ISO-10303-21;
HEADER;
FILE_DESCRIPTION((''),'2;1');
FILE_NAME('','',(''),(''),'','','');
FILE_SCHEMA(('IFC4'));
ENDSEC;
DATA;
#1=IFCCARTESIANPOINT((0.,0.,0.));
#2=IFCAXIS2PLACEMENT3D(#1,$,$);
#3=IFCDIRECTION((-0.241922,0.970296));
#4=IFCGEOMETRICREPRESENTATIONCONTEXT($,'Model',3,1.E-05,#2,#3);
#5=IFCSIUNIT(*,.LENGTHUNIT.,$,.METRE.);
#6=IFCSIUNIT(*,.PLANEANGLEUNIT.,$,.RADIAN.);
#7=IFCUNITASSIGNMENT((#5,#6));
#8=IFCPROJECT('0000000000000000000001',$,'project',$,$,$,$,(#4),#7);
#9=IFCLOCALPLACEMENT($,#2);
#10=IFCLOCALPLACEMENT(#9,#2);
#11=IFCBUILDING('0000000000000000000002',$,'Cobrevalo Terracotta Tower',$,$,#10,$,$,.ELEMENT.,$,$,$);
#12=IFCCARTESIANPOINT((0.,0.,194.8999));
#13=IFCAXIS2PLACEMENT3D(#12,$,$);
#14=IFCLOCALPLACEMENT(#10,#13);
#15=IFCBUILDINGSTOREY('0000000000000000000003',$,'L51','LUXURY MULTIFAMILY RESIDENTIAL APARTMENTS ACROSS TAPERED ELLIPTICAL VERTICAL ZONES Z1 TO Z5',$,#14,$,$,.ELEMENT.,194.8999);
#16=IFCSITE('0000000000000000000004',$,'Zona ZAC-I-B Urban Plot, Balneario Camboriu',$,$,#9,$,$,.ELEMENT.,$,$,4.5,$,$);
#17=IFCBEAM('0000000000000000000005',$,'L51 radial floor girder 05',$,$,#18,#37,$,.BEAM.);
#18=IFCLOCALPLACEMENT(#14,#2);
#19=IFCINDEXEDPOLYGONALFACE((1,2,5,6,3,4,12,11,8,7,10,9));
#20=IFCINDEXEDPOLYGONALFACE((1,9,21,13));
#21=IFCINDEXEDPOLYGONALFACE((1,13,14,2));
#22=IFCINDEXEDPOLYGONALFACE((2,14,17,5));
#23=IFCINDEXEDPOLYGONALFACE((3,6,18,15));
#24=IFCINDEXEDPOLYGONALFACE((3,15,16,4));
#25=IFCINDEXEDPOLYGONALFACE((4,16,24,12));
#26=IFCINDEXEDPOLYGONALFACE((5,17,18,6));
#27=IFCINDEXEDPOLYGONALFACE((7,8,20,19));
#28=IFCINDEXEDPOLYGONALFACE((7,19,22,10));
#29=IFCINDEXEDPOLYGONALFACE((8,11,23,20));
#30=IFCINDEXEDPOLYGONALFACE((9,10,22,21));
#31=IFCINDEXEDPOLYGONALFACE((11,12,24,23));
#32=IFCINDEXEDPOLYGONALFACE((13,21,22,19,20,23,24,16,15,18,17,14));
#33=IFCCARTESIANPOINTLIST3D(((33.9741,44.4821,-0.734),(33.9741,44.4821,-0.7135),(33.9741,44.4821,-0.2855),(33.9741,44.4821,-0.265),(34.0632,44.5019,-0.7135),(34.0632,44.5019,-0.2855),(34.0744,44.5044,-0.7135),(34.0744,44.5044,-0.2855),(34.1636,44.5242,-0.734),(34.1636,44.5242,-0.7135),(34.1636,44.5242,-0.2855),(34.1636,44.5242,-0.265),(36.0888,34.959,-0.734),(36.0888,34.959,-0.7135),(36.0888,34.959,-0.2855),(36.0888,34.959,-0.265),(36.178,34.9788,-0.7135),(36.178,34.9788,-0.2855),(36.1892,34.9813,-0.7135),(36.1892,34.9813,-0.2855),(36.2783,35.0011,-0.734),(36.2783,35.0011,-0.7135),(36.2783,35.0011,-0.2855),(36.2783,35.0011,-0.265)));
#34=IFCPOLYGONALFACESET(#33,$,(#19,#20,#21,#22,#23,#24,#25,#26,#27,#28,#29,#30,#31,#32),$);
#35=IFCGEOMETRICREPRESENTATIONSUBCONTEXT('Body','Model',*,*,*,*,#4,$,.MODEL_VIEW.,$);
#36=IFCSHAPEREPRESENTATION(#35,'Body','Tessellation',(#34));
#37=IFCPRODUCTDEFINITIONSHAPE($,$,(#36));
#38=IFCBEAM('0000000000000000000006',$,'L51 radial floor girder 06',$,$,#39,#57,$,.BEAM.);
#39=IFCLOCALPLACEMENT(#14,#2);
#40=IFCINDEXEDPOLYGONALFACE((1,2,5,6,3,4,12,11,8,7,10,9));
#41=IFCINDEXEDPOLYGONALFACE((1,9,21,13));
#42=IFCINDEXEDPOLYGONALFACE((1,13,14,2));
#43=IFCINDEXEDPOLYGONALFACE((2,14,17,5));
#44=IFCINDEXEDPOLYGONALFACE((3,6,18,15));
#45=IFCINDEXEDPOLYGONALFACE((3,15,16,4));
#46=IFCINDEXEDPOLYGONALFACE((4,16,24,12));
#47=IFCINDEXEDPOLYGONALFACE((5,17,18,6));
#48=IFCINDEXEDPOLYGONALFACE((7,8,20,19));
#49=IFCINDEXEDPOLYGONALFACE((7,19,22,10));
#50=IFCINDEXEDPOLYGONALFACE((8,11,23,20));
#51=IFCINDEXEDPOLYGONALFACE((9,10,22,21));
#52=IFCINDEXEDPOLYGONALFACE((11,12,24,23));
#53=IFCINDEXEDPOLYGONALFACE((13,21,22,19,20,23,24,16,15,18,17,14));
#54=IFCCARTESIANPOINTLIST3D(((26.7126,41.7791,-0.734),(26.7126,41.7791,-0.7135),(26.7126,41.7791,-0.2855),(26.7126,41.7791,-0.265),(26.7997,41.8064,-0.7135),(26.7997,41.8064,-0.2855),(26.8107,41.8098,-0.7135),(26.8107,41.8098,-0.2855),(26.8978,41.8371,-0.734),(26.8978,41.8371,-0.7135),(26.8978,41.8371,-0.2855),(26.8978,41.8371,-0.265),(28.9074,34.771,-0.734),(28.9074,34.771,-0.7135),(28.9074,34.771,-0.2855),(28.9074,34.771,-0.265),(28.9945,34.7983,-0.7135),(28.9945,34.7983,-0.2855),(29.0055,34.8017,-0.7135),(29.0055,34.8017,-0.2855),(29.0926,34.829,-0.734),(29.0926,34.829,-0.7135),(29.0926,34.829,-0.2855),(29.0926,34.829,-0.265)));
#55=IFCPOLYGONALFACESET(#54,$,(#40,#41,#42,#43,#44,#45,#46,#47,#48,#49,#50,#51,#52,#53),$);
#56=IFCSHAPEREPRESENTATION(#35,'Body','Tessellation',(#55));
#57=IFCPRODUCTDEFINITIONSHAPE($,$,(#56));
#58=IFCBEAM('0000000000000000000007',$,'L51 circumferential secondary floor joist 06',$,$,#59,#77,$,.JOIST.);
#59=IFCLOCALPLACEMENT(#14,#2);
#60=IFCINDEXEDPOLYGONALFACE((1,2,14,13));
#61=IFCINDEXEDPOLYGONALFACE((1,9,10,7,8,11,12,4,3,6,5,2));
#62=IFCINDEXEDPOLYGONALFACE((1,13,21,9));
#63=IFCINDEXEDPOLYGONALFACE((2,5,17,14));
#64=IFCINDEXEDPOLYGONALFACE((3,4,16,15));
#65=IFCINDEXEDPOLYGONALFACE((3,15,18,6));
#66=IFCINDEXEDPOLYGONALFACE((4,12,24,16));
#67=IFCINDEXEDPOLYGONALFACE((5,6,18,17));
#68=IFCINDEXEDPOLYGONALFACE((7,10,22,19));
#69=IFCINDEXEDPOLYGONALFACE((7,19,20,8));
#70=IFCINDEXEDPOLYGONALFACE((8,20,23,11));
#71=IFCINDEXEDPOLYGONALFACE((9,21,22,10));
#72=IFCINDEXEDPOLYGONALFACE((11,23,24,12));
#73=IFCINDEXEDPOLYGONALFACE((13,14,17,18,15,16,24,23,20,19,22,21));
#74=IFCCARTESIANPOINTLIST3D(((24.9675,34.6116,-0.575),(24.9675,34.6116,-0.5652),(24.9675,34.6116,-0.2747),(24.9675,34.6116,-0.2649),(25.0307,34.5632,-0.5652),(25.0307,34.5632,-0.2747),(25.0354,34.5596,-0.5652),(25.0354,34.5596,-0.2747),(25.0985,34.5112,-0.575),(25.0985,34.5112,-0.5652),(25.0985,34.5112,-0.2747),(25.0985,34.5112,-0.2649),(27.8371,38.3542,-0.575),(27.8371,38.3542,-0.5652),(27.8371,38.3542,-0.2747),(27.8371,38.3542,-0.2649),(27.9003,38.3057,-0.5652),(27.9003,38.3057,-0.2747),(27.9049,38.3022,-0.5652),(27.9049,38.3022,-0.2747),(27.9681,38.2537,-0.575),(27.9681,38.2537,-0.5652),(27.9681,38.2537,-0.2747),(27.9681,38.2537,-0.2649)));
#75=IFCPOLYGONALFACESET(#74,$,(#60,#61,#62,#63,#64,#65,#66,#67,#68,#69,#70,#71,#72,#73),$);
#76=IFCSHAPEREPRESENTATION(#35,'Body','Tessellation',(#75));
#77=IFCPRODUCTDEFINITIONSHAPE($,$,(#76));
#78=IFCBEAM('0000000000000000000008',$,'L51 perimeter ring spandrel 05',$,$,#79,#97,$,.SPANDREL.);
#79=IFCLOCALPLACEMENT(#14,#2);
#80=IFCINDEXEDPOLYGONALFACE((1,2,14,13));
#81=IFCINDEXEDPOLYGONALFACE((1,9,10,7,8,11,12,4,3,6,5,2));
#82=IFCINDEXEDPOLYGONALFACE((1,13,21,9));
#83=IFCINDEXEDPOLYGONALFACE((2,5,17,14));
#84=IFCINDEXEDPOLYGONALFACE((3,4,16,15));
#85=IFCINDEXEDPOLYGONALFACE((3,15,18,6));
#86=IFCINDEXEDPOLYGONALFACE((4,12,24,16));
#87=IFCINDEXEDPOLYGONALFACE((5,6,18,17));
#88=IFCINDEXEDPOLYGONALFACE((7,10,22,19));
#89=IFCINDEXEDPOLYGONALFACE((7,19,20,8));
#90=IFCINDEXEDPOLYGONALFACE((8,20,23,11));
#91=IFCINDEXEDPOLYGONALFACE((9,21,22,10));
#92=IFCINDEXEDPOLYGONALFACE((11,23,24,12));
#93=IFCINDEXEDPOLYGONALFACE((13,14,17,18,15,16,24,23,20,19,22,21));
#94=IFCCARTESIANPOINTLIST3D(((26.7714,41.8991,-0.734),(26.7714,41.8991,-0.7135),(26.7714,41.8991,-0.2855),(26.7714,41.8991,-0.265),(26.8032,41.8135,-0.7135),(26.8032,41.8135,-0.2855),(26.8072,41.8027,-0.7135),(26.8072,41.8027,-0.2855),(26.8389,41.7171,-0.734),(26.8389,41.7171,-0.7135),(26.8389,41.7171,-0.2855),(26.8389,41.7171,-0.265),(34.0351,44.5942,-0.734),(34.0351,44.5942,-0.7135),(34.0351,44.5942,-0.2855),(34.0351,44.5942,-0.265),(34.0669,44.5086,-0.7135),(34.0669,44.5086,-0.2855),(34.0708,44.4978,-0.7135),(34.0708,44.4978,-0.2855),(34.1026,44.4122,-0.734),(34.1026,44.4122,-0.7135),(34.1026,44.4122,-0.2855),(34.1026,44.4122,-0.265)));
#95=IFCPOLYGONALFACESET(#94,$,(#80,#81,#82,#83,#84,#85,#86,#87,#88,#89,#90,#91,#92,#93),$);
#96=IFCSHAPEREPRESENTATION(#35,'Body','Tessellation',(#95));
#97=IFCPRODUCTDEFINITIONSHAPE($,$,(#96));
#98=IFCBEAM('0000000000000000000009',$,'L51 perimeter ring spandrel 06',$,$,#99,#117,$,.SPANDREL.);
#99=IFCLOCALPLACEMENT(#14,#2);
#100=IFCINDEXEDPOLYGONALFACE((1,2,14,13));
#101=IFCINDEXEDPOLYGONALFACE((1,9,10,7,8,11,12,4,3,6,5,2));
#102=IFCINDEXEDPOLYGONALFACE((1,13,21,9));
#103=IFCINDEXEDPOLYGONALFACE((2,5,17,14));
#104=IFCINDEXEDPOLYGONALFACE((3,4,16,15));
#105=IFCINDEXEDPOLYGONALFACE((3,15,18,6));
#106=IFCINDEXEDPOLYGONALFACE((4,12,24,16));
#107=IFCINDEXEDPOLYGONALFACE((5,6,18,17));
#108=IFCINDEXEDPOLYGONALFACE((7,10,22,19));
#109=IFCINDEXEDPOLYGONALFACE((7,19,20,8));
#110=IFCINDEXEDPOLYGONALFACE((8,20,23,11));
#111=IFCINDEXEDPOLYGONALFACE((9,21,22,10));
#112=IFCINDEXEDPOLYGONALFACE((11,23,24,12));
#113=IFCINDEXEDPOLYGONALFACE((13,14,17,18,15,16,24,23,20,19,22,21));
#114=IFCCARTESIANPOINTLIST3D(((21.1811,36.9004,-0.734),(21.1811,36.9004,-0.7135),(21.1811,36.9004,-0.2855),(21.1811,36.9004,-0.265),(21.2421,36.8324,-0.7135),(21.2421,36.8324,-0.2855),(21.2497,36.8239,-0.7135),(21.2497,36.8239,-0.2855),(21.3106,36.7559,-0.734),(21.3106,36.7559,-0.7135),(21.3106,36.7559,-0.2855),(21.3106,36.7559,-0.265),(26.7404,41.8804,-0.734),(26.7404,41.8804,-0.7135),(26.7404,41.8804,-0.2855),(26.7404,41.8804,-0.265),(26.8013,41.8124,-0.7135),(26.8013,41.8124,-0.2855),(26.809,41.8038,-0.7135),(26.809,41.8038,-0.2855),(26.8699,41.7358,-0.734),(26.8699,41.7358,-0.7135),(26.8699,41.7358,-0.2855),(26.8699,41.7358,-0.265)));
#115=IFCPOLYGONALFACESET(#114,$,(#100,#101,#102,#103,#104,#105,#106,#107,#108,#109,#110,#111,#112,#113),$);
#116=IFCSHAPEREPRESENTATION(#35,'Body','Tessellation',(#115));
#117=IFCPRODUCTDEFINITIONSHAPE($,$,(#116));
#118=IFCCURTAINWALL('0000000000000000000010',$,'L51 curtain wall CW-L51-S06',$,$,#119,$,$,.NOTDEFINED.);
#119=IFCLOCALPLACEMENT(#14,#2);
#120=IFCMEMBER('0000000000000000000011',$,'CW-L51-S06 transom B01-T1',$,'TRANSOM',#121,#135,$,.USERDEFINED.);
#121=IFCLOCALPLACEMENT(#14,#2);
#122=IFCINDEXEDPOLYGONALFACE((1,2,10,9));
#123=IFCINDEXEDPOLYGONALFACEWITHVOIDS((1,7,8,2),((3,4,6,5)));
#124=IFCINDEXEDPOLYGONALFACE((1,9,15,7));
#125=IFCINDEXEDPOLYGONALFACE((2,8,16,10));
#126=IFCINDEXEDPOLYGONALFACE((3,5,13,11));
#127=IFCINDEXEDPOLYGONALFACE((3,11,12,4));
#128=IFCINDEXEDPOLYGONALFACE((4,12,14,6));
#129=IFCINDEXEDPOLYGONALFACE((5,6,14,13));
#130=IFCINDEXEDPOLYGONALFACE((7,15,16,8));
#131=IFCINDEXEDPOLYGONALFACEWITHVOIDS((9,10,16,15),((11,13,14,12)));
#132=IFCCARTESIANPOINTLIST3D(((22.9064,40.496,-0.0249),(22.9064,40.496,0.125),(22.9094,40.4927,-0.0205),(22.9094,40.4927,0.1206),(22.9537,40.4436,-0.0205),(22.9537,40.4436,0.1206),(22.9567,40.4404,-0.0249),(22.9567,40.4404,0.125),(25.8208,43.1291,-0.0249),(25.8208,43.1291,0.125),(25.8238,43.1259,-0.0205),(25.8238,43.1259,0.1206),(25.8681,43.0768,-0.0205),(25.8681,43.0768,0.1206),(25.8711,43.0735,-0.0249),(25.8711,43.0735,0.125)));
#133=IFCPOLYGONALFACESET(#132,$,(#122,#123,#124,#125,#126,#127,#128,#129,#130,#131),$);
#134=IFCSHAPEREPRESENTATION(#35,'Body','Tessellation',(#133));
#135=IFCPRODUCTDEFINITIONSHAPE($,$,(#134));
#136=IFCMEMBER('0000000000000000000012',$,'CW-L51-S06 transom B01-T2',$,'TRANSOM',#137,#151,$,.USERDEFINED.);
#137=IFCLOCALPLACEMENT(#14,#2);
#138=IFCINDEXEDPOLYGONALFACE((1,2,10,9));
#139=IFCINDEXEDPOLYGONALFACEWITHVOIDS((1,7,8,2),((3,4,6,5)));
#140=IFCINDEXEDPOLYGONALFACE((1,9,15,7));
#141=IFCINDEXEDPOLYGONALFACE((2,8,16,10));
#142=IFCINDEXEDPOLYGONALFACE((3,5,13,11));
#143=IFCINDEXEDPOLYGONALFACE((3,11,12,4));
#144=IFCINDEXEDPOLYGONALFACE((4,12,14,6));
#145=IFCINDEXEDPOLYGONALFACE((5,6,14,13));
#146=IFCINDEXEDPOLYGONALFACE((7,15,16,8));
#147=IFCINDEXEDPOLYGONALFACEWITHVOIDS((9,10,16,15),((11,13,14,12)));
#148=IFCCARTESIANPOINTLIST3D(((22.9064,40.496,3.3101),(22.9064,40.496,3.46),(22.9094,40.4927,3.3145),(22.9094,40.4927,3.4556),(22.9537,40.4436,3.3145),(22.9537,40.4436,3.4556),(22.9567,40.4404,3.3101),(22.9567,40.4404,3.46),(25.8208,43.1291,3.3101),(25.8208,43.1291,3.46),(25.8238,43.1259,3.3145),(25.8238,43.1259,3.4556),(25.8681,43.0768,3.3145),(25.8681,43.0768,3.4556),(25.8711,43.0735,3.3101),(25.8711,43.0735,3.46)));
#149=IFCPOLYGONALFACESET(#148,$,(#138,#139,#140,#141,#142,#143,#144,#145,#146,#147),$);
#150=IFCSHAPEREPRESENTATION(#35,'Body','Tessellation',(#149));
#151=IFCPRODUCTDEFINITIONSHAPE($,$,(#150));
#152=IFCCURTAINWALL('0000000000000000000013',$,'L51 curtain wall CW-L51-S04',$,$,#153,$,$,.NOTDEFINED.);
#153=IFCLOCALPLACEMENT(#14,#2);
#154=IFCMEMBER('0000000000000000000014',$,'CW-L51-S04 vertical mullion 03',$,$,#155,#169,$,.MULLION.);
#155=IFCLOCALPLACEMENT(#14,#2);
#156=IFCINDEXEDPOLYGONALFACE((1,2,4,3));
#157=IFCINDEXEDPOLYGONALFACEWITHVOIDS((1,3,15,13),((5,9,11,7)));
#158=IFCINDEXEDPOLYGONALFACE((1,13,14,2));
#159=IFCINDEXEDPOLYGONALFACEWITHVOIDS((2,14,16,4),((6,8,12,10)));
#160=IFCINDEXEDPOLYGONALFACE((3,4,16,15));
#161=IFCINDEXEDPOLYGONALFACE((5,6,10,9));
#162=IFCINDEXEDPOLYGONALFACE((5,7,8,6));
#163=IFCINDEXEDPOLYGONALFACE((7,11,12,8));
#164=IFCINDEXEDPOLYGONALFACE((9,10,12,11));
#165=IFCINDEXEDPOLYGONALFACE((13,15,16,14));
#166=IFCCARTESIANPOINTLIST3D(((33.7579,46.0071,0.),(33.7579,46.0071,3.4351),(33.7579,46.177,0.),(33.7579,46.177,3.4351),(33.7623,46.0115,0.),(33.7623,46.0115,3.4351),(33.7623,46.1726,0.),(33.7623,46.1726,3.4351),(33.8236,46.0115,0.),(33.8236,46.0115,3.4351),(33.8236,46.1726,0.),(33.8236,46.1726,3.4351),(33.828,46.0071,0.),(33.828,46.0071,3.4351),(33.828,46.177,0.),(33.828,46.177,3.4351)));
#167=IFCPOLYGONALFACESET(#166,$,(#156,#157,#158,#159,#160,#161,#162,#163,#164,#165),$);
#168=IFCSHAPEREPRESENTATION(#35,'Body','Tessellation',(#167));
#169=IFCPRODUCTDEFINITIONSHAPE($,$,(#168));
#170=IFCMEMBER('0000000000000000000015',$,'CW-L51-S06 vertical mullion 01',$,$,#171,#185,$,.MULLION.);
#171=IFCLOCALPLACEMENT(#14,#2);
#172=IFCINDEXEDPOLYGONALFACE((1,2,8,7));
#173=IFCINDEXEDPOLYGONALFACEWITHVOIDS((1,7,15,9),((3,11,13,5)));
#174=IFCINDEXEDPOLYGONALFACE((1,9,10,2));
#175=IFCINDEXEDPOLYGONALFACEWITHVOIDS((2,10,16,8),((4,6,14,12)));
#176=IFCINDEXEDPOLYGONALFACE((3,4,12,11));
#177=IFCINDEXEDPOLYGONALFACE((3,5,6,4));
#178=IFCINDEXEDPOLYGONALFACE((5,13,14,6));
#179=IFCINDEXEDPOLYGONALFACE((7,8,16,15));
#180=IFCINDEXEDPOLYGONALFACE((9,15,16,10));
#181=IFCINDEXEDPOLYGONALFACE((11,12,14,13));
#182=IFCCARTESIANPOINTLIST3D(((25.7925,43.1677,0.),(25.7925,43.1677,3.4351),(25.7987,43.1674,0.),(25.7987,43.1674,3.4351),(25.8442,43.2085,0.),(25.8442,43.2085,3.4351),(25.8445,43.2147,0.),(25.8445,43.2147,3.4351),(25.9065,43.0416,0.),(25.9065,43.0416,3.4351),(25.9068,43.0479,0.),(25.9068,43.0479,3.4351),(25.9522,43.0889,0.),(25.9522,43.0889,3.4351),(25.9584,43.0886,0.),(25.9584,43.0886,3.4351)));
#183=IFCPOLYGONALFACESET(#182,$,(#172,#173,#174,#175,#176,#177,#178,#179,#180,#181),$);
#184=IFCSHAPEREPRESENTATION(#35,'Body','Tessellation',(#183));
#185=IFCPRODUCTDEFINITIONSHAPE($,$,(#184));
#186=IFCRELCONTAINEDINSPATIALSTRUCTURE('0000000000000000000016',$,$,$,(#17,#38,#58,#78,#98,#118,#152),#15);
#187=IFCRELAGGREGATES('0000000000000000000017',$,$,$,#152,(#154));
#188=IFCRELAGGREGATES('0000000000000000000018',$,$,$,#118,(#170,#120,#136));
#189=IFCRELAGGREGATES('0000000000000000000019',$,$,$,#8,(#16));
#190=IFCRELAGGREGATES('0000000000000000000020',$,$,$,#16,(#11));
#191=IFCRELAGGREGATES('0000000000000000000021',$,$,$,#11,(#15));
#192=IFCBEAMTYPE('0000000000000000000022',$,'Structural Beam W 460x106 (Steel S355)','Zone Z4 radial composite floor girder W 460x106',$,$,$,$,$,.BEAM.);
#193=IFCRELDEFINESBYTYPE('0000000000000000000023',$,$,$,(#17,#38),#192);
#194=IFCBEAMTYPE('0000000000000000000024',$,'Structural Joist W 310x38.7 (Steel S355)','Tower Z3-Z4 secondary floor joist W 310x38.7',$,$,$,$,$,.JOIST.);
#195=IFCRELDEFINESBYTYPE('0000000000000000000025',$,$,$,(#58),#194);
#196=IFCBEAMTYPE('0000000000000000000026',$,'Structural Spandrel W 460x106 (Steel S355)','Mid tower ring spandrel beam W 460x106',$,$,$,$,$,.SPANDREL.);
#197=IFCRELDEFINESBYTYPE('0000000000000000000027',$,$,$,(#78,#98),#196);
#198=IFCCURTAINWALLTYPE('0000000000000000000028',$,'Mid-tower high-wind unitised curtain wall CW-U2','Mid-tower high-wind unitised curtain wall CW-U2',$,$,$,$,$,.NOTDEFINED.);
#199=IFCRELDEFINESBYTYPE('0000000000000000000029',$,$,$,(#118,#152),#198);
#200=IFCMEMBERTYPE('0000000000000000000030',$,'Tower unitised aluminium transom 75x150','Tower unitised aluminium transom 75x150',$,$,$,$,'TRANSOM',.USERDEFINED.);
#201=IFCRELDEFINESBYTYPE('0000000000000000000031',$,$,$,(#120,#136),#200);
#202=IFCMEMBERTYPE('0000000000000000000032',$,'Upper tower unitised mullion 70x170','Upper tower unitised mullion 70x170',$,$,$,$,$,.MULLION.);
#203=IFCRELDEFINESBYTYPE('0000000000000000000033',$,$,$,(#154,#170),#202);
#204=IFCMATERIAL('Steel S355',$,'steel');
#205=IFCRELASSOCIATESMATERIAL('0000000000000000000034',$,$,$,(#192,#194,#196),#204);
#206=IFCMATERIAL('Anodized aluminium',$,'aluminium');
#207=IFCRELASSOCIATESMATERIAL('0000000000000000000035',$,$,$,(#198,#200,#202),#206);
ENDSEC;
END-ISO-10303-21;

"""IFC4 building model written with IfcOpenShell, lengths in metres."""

from ifc_helpers import new_model, si_unit, direction, frame, origin, origin_2d, place, context, subcontext, project, spatial, hollow_rectangle, i_section, extrude, source, transform, mapped, material, material_profile, profile_set, type_object, element, aggregate, save


model = new_model("IFC4")

# Units and contexts
model_context = context("Model", 3, precision=1e-05, world=origin(), true_north=direction((-0.241922, 0.970296)))
body_context = subcontext(model_context, "Body", "Model", "MODEL_VIEW")
ifc_project = project(units=[si_unit("LENGTHUNIT", "METRE"), si_unit("PLANEANGLEUNIT", "RADIAN")], contexts=[model_context])

# Site, building, storey
site_placement = place(None, origin())
site = spatial("IfcSite", under=ifc_project, at=site_placement, Name="Zona ZAC-I-B Urban Plot, Balneario Camboriu", CompositionType="ELEMENT", RefElevation=4.5)
building_placement = place(site_placement, origin())
building = spatial("IfcBuilding", under=site, at=building_placement, Name="Cobrevalo Terracotta Tower", CompositionType="ELEMENT")
storey_placement = place(building_placement, frame((0.0, 0.0, 194.8999)))
storey = spatial("IfcBuildingStorey", under=building, at=storey_placement, Name="L51", Description="LUXURY MULTIFAMILY RESIDENTIAL APARTMENTS ACROSS TAPERED ELLIPTICAL VERTICAL ZONES Z1 TO Z5", CompositionType="ELEMENT", Elevation=194.8999)

# Shared definitions
ifc_material_1 = material(Name="Steel S355", Category="steel")

# Beams
ifc_material_profile_1 = material_profile(ifc_material_1, i_section(OverallWidth=0.1941, OverallDepth=0.469, WebThickness=0.0115, FlangeThickness=0.0205, at=origin_2d()), Name="W 460x106")
ifc_profile_set_1 = profile_set([ifc_material_profile_1], Name="Steel S355")
beam_type_1 = type_object("IfcBeamType", Name="Structural Beam W 460x106 (Steel S355)", Description="Zone Z4 radial composite floor girder W 460x106", PredefinedType="BEAM", material=ifc_profile_set_1)
beam_1_placement = place(storey_placement, frame((34.0688, 44.5032, -0.4995), z_axis=(0.216782, -0.97622, 0.0), x_axis=(0.97622, 0.216782, 0.0)))
element("IfcBeam", 1, at=beam_1_placement, inside=storey, type_object=beam_type_1, Name="L51 radial floor girder 05", PredefinedType="BEAM", context=body_context, shape_type="SweptSolid", body=[
    extrude(i_section(OverallWidth=0.1941, OverallDepth=0.469, WebThickness=0.0115, FlangeThickness=0.0205, at=origin_2d()), origin(), (0.0, 0.0, 1.0), 9.7551),
])
beam_2_placement = place(storey_placement, frame((26.8052, 41.8081, -0.4995), z_axis=(0.298871, -0.954293, 0.0), x_axis=(0.954293, 0.298871, 0.0)))
element("IfcBeam", 2, at=beam_2_placement, inside=storey, type_object=beam_type_1, Name="L51 radial floor girder 06", PredefinedType="BEAM", context=body_context, shape_type="SweptSolid", body=[
    extrude(i_section(OverallWidth=0.1941, OverallDepth=0.469, WebThickness=0.0115, FlangeThickness=0.0205, at=origin_2d()), origin(), (0.0, 0.0, 1.0), 7.3438),
])
ifc_material_profile_2 = material_profile(ifc_material_1, i_section(OverallWidth=0.165, OverallDepth=0.3101, WebThickness=0.0059, FlangeThickness=0.0098, at=origin_2d()), Name="W 310x38.7")
ifc_profile_set_2 = profile_set([ifc_material_profile_2], Name="Steel S355")
beam_type_2 = type_object("IfcBeamType", Name="Structural Joist W 310x38.7 (Steel S355)", Description="Tower Z3-Z4 secondary floor joist W 310x38.7", PredefinedType="JOIST", material=ifc_profile_set_2)
beam_3_placement = place(storey_placement, frame((27.9026, 38.304, -0.4199), z_axis=(-0.608464, -0.793581, 0.0), x_axis=(0.793581, -0.608464, 0.0)))
element("IfcBeam", 3, at=beam_3_placement, inside=storey, type_object=beam_type_2, Name="L51 circumferential secondary floor joist 06", PredefinedType="JOIST", context=body_context, shape_type="SweptSolid", body=[
    extrude(i_section(OverallWidth=0.165, OverallDepth=0.3101, WebThickness=0.0059, FlangeThickness=0.0098, at=origin_2d()), origin(), (0.0, 0.0, 1.0), 4.7161),
])
ifc_material_profile_3 = material_profile(ifc_material_1, i_section(OverallWidth=0.1941, OverallDepth=0.469, WebThickness=0.0115, FlangeThickness=0.0205, at=origin_2d()), Name="W 460x106")
ifc_profile_set_3 = profile_set([ifc_material_profile_3], Name="Steel S355")
beam_type_3 = type_object("IfcBeamType", Name="Structural Spandrel W 460x106 (Steel S355)", Description="Mid tower ring spandrel beam W 460x106", PredefinedType="SPANDREL", material=ifc_profile_set_3)
beam_4_placement = place(storey_placement, frame((34.0688, 44.5032, -0.4995), z_axis=(-0.937546, -0.347861, 0.0), x_axis=(0.347861, -0.937546, 0.0)))
element("IfcBeam", 4, at=beam_4_placement, inside=storey, type_object=beam_type_3, Name="L51 perimeter ring spandrel 05", PredefinedType="SPANDREL", context=body_context, shape_type="SweptSolid", body=[
    extrude(i_section(OverallWidth=0.1941, OverallDepth=0.469, WebThickness=0.0115, FlangeThickness=0.0205, at=origin_2d()), origin(), (0.0, 0.0, 1.0), 7.7476),
])
beam_5_placement = place(storey_placement, frame((26.8052, 41.8081, -0.4995), z_axis=(-0.744852, -0.66723, 0.0), x_axis=(0.66723, -0.744852, 0.0)))
element("IfcBeam", 5, at=beam_5_placement, inside=storey, type_object=beam_type_3, Name="L51 perimeter ring spandrel 06", PredefinedType="SPANDREL", context=body_context, shape_type="SweptSolid", body=[
    extrude(i_section(OverallWidth=0.1941, OverallDepth=0.469, WebThickness=0.0115, FlangeThickness=0.0205, at=origin_2d()), origin(), (0.0, 0.0, 1.0), 7.4636),
])

# Curtain wall, members
ifc_material_2 = material(Name="Anodized aluminium", Category="aluminium")
curtain_wall_type = type_object("IfcCurtainWallType", Name="Mid-tower high-wind unitised curtain wall CW-U2", Description="Mid-tower high-wind unitised curtain wall CW-U2", PredefinedType="NOTDEFINED", material=ifc_material_2)
curtain_wall_1_placement = place(storey_placement, origin())
curtain_wall_1 = element("IfcCurtainWall", 6, at=curtain_wall_1_placement, inside=storey, type_object=curtain_wall_type, Name="L51 curtain wall CW-L51-S06", PredefinedType="NOTDEFINED")
ifc_material_profile_4 = material_profile(ifc_material_2, hollow_rectangle(XDim=0.075, YDim=0.1499, WallThickness=0.0044, at=origin_2d()), Name="CWT 75x150")
ifc_profile_set_4 = profile_set([ifc_material_profile_4], Name="Anodized aluminium")
member_type_1 = type_object("IfcMemberType", Name="Tower unitised aluminium transom 75x150", Description="Tower unitised aluminium transom 75x150", ElementType="TRANSOM", PredefinedType="USERDEFINED", material=ifc_profile_set_4)
shared_shape_1 = source(origin(), body_context, "Body", "SweptSolid", [
    extrude(hollow_rectangle(XDim=0.075, YDim=0.1499, WallThickness=0.0044, at=origin_2d()), origin(), (0.0, 0.0, 1.0), 3.9277),
])
member_1_placement = place(storey_placement, frame((25.8459, 43.1013, 0.05), z_axis=(-0.742004, -0.670396, 0.0), x_axis=(0.670396, -0.742004, 0.0)))
member_1 = element("IfcMember", 7, at=member_1_placement, type_object=member_type_1, Name="CW-L51-S06 transom B01-T1", ObjectType="TRANSOM", PredefinedType="USERDEFINED", context=body_context, shape_type="MappedRepresentation", body=[
    mapped(shared_shape_1, transform((0.0, 0.0, 0.0), scale=1.0)),
])
member_2_placement = place(storey_placement, frame((25.8459, 43.1013, 3.385), z_axis=(-0.742004, -0.670396, 0.0), x_axis=(0.670396, -0.742004, 0.0)))
member_2 = element("IfcMember", 8, at=member_2_placement, type_object=member_type_1, Name="CW-L51-S06 transom B01-T2", ObjectType="TRANSOM", PredefinedType="USERDEFINED", context=body_context, shape_type="MappedRepresentation", body=[
    mapped(shared_shape_1, transform((0.0, 0.0, 0.0), scale=1.0)),
])

# Curtain wall, member
curtain_wall_2_placement = place(storey_placement, origin())
curtain_wall_2 = element("IfcCurtainWall", 9, at=curtain_wall_2_placement, inside=storey, type_object=curtain_wall_type, Name="L51 curtain wall CW-L51-S04", PredefinedType="NOTDEFINED")
ifc_material_profile_5 = material_profile(ifc_material_2, hollow_rectangle(XDim=0.0701, YDim=0.1699, WallThickness=0.0044, at=origin_2d()), Name="CWM 70x170")
ifc_profile_set_5 = profile_set([ifc_material_profile_5], Name="Anodized aluminium")
member_type_2 = type_object("IfcMemberType", Name="Upper tower unitised mullion 70x170", Description="Upper tower unitised mullion 70x170", PredefinedType="MULLION", material=ifc_profile_set_5)
shared_shape_2 = source(origin(), body_context, "Body", "SweptSolid", [
    extrude(hollow_rectangle(XDim=0.0701, YDim=0.1699, WallThickness=0.0044, at=origin_2d()), origin(), (0.0, 0.0, 1.0), 3.4351),
])
member_3_placement = place(storey_placement, frame((33.793, 46.092, 0.0), z_axis=(0.0, 0.0, 1.0), x_axis=(-1.0, 0.0, 0.0)))
member_3 = element("IfcMember", 10, at=member_3_placement, type_object=member_type_2, Name="CW-L51-S04 vertical mullion 03", PredefinedType="MULLION", context=body_context, shape_type="MappedRepresentation", body=[
    mapped(shared_shape_2, transform((0.0, 0.0, 0.0), scale=1.0)),
])
aggregate(curtain_wall_2, [member_3])

# Member
member_4_placement = place(storey_placement, frame((25.8755, 43.1282, 0.0), z_axis=(0.0, 0.0, 1.0), x_axis=(-0.741988, -0.670414, 0.0)))
member_4 = element("IfcMember", 11, at=member_4_placement, type_object=member_type_2, Name="CW-L51-S06 vertical mullion 01", PredefinedType="MULLION", context=body_context, shape_type="MappedRepresentation", body=[
    mapped(shared_shape_2, transform((0.0, 0.0, 0.0), scale=1.0)),
])
aggregate(curtain_wall_1, [member_4, member_1, member_2])

save(model, "model.ifc")
